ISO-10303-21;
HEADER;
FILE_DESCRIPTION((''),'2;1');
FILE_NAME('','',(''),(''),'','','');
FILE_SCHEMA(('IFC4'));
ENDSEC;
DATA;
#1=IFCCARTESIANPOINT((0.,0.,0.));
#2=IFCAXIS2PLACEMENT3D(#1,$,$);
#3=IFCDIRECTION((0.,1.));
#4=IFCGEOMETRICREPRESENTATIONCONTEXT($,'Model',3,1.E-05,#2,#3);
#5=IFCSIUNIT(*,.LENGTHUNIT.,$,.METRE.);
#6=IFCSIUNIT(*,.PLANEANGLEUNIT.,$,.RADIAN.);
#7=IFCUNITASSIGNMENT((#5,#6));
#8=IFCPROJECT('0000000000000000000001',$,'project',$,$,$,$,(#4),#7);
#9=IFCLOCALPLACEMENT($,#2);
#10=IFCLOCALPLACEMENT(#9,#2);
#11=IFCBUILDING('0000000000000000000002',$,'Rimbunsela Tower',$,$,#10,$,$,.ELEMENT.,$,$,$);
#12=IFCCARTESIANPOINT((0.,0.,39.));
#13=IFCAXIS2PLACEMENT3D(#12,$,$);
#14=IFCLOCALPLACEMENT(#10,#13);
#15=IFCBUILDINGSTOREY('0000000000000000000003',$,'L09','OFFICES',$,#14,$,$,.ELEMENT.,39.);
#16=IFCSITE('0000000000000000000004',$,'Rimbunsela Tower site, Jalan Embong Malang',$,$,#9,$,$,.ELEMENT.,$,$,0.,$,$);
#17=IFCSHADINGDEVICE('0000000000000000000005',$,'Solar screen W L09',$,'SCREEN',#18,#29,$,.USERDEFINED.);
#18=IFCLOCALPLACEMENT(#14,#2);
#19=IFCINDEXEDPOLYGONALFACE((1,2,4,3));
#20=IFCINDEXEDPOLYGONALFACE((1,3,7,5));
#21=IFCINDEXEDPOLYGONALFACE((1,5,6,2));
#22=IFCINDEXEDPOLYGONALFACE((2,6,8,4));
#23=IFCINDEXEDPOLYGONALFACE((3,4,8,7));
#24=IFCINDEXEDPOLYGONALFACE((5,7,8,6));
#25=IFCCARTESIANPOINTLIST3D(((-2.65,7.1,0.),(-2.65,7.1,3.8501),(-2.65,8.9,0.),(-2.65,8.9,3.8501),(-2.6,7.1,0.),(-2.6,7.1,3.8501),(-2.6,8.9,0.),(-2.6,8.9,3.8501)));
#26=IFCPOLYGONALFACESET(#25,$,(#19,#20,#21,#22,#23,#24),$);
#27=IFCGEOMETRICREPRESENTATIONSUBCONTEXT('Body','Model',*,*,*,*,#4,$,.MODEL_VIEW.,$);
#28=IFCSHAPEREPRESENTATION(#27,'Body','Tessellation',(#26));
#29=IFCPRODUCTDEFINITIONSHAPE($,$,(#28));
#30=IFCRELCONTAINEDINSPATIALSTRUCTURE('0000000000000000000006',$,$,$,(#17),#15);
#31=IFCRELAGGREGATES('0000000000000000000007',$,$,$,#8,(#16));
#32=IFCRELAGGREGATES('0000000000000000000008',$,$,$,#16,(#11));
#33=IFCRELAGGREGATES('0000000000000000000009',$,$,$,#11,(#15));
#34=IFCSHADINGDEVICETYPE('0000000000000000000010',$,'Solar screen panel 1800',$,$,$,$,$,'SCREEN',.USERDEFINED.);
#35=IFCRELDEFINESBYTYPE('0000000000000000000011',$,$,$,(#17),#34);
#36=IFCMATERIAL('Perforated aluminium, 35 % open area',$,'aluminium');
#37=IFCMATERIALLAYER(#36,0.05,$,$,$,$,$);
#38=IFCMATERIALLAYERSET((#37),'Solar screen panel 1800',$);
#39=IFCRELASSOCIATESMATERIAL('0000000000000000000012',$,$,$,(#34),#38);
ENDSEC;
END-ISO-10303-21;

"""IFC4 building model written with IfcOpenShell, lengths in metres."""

from ifc_helpers import new_model, si_unit, direction, frame, origin, origin_2d, place, context, subcontext, project, spatial, rectangle, extrude, material, layer, layer_set, type_object, element, save


model = new_model("IFC4")

# Units and contexts
model_context = context("Model", 3, precision=1e-05, world=origin(), true_north=direction((0.0, 1.0)))
body_context = subcontext(model_context, "Body", "Model", "MODEL_VIEW")
ifc_project = project(units=[si_unit("LENGTHUNIT", "METRE"), si_unit("PLANEANGLEUNIT", "RADIAN")], contexts=[model_context])

# Site, building, storey
site_placement = place(None, origin())
site = spatial("IfcSite", under=ifc_project, at=site_placement, Name="Rimbunsela Tower site, Jalan Embong Malang", CompositionType="ELEMENT", RefElevation=0.0)
building_placement = place(site_placement, origin())
building = spatial("IfcBuilding", under=site, at=building_placement, Name="Rimbunsela Tower", CompositionType="ELEMENT")
storey_placement = place(building_placement, frame((0.0, 0.0, 39.0)))
storey = spatial("IfcBuildingStorey", under=building, at=storey_placement, Name="L09", Description="OFFICES", CompositionType="ELEMENT", Elevation=39.0)

# Shading device
ifc_material_1 = material(Name="Perforated aluminium, 35 % open area", Category="aluminium")
ifc_layer_1 = layer(ifc_material_1, 0.05)
ifc_layer_set_1 = layer_set([ifc_layer_1], Name="Solar screen panel 1800")
shading_device_type = type_object("IfcShadingDeviceType", Name="Solar screen panel 1800", ElementType="SCREEN", PredefinedType="USERDEFINED", material=ifc_layer_set_1)
for number, where, z_axis, x_axis, name in (
    (1, (-2.625, 8.0, 0.0), (0.0, 0.0, 1.0), (0.0, 1.0, 0.0), "Solar screen W L09"),
):
    element("IfcShadingDevice", number, at=place(storey_placement, frame(where, z_axis=z_axis, x_axis=x_axis)), inside=storey, type_object=shading_device_type, Name=name, ObjectType="SCREEN", PredefinedType="USERDEFINED", context=body_context, shape_type="SweptSolid", body=[
        extrude(rectangle(XDim=1.8, YDim=0.05, at=origin_2d()), origin(), (0.0, 0.0, 1.0), 3.8501),
    ])

save(model, "model.ifc")
